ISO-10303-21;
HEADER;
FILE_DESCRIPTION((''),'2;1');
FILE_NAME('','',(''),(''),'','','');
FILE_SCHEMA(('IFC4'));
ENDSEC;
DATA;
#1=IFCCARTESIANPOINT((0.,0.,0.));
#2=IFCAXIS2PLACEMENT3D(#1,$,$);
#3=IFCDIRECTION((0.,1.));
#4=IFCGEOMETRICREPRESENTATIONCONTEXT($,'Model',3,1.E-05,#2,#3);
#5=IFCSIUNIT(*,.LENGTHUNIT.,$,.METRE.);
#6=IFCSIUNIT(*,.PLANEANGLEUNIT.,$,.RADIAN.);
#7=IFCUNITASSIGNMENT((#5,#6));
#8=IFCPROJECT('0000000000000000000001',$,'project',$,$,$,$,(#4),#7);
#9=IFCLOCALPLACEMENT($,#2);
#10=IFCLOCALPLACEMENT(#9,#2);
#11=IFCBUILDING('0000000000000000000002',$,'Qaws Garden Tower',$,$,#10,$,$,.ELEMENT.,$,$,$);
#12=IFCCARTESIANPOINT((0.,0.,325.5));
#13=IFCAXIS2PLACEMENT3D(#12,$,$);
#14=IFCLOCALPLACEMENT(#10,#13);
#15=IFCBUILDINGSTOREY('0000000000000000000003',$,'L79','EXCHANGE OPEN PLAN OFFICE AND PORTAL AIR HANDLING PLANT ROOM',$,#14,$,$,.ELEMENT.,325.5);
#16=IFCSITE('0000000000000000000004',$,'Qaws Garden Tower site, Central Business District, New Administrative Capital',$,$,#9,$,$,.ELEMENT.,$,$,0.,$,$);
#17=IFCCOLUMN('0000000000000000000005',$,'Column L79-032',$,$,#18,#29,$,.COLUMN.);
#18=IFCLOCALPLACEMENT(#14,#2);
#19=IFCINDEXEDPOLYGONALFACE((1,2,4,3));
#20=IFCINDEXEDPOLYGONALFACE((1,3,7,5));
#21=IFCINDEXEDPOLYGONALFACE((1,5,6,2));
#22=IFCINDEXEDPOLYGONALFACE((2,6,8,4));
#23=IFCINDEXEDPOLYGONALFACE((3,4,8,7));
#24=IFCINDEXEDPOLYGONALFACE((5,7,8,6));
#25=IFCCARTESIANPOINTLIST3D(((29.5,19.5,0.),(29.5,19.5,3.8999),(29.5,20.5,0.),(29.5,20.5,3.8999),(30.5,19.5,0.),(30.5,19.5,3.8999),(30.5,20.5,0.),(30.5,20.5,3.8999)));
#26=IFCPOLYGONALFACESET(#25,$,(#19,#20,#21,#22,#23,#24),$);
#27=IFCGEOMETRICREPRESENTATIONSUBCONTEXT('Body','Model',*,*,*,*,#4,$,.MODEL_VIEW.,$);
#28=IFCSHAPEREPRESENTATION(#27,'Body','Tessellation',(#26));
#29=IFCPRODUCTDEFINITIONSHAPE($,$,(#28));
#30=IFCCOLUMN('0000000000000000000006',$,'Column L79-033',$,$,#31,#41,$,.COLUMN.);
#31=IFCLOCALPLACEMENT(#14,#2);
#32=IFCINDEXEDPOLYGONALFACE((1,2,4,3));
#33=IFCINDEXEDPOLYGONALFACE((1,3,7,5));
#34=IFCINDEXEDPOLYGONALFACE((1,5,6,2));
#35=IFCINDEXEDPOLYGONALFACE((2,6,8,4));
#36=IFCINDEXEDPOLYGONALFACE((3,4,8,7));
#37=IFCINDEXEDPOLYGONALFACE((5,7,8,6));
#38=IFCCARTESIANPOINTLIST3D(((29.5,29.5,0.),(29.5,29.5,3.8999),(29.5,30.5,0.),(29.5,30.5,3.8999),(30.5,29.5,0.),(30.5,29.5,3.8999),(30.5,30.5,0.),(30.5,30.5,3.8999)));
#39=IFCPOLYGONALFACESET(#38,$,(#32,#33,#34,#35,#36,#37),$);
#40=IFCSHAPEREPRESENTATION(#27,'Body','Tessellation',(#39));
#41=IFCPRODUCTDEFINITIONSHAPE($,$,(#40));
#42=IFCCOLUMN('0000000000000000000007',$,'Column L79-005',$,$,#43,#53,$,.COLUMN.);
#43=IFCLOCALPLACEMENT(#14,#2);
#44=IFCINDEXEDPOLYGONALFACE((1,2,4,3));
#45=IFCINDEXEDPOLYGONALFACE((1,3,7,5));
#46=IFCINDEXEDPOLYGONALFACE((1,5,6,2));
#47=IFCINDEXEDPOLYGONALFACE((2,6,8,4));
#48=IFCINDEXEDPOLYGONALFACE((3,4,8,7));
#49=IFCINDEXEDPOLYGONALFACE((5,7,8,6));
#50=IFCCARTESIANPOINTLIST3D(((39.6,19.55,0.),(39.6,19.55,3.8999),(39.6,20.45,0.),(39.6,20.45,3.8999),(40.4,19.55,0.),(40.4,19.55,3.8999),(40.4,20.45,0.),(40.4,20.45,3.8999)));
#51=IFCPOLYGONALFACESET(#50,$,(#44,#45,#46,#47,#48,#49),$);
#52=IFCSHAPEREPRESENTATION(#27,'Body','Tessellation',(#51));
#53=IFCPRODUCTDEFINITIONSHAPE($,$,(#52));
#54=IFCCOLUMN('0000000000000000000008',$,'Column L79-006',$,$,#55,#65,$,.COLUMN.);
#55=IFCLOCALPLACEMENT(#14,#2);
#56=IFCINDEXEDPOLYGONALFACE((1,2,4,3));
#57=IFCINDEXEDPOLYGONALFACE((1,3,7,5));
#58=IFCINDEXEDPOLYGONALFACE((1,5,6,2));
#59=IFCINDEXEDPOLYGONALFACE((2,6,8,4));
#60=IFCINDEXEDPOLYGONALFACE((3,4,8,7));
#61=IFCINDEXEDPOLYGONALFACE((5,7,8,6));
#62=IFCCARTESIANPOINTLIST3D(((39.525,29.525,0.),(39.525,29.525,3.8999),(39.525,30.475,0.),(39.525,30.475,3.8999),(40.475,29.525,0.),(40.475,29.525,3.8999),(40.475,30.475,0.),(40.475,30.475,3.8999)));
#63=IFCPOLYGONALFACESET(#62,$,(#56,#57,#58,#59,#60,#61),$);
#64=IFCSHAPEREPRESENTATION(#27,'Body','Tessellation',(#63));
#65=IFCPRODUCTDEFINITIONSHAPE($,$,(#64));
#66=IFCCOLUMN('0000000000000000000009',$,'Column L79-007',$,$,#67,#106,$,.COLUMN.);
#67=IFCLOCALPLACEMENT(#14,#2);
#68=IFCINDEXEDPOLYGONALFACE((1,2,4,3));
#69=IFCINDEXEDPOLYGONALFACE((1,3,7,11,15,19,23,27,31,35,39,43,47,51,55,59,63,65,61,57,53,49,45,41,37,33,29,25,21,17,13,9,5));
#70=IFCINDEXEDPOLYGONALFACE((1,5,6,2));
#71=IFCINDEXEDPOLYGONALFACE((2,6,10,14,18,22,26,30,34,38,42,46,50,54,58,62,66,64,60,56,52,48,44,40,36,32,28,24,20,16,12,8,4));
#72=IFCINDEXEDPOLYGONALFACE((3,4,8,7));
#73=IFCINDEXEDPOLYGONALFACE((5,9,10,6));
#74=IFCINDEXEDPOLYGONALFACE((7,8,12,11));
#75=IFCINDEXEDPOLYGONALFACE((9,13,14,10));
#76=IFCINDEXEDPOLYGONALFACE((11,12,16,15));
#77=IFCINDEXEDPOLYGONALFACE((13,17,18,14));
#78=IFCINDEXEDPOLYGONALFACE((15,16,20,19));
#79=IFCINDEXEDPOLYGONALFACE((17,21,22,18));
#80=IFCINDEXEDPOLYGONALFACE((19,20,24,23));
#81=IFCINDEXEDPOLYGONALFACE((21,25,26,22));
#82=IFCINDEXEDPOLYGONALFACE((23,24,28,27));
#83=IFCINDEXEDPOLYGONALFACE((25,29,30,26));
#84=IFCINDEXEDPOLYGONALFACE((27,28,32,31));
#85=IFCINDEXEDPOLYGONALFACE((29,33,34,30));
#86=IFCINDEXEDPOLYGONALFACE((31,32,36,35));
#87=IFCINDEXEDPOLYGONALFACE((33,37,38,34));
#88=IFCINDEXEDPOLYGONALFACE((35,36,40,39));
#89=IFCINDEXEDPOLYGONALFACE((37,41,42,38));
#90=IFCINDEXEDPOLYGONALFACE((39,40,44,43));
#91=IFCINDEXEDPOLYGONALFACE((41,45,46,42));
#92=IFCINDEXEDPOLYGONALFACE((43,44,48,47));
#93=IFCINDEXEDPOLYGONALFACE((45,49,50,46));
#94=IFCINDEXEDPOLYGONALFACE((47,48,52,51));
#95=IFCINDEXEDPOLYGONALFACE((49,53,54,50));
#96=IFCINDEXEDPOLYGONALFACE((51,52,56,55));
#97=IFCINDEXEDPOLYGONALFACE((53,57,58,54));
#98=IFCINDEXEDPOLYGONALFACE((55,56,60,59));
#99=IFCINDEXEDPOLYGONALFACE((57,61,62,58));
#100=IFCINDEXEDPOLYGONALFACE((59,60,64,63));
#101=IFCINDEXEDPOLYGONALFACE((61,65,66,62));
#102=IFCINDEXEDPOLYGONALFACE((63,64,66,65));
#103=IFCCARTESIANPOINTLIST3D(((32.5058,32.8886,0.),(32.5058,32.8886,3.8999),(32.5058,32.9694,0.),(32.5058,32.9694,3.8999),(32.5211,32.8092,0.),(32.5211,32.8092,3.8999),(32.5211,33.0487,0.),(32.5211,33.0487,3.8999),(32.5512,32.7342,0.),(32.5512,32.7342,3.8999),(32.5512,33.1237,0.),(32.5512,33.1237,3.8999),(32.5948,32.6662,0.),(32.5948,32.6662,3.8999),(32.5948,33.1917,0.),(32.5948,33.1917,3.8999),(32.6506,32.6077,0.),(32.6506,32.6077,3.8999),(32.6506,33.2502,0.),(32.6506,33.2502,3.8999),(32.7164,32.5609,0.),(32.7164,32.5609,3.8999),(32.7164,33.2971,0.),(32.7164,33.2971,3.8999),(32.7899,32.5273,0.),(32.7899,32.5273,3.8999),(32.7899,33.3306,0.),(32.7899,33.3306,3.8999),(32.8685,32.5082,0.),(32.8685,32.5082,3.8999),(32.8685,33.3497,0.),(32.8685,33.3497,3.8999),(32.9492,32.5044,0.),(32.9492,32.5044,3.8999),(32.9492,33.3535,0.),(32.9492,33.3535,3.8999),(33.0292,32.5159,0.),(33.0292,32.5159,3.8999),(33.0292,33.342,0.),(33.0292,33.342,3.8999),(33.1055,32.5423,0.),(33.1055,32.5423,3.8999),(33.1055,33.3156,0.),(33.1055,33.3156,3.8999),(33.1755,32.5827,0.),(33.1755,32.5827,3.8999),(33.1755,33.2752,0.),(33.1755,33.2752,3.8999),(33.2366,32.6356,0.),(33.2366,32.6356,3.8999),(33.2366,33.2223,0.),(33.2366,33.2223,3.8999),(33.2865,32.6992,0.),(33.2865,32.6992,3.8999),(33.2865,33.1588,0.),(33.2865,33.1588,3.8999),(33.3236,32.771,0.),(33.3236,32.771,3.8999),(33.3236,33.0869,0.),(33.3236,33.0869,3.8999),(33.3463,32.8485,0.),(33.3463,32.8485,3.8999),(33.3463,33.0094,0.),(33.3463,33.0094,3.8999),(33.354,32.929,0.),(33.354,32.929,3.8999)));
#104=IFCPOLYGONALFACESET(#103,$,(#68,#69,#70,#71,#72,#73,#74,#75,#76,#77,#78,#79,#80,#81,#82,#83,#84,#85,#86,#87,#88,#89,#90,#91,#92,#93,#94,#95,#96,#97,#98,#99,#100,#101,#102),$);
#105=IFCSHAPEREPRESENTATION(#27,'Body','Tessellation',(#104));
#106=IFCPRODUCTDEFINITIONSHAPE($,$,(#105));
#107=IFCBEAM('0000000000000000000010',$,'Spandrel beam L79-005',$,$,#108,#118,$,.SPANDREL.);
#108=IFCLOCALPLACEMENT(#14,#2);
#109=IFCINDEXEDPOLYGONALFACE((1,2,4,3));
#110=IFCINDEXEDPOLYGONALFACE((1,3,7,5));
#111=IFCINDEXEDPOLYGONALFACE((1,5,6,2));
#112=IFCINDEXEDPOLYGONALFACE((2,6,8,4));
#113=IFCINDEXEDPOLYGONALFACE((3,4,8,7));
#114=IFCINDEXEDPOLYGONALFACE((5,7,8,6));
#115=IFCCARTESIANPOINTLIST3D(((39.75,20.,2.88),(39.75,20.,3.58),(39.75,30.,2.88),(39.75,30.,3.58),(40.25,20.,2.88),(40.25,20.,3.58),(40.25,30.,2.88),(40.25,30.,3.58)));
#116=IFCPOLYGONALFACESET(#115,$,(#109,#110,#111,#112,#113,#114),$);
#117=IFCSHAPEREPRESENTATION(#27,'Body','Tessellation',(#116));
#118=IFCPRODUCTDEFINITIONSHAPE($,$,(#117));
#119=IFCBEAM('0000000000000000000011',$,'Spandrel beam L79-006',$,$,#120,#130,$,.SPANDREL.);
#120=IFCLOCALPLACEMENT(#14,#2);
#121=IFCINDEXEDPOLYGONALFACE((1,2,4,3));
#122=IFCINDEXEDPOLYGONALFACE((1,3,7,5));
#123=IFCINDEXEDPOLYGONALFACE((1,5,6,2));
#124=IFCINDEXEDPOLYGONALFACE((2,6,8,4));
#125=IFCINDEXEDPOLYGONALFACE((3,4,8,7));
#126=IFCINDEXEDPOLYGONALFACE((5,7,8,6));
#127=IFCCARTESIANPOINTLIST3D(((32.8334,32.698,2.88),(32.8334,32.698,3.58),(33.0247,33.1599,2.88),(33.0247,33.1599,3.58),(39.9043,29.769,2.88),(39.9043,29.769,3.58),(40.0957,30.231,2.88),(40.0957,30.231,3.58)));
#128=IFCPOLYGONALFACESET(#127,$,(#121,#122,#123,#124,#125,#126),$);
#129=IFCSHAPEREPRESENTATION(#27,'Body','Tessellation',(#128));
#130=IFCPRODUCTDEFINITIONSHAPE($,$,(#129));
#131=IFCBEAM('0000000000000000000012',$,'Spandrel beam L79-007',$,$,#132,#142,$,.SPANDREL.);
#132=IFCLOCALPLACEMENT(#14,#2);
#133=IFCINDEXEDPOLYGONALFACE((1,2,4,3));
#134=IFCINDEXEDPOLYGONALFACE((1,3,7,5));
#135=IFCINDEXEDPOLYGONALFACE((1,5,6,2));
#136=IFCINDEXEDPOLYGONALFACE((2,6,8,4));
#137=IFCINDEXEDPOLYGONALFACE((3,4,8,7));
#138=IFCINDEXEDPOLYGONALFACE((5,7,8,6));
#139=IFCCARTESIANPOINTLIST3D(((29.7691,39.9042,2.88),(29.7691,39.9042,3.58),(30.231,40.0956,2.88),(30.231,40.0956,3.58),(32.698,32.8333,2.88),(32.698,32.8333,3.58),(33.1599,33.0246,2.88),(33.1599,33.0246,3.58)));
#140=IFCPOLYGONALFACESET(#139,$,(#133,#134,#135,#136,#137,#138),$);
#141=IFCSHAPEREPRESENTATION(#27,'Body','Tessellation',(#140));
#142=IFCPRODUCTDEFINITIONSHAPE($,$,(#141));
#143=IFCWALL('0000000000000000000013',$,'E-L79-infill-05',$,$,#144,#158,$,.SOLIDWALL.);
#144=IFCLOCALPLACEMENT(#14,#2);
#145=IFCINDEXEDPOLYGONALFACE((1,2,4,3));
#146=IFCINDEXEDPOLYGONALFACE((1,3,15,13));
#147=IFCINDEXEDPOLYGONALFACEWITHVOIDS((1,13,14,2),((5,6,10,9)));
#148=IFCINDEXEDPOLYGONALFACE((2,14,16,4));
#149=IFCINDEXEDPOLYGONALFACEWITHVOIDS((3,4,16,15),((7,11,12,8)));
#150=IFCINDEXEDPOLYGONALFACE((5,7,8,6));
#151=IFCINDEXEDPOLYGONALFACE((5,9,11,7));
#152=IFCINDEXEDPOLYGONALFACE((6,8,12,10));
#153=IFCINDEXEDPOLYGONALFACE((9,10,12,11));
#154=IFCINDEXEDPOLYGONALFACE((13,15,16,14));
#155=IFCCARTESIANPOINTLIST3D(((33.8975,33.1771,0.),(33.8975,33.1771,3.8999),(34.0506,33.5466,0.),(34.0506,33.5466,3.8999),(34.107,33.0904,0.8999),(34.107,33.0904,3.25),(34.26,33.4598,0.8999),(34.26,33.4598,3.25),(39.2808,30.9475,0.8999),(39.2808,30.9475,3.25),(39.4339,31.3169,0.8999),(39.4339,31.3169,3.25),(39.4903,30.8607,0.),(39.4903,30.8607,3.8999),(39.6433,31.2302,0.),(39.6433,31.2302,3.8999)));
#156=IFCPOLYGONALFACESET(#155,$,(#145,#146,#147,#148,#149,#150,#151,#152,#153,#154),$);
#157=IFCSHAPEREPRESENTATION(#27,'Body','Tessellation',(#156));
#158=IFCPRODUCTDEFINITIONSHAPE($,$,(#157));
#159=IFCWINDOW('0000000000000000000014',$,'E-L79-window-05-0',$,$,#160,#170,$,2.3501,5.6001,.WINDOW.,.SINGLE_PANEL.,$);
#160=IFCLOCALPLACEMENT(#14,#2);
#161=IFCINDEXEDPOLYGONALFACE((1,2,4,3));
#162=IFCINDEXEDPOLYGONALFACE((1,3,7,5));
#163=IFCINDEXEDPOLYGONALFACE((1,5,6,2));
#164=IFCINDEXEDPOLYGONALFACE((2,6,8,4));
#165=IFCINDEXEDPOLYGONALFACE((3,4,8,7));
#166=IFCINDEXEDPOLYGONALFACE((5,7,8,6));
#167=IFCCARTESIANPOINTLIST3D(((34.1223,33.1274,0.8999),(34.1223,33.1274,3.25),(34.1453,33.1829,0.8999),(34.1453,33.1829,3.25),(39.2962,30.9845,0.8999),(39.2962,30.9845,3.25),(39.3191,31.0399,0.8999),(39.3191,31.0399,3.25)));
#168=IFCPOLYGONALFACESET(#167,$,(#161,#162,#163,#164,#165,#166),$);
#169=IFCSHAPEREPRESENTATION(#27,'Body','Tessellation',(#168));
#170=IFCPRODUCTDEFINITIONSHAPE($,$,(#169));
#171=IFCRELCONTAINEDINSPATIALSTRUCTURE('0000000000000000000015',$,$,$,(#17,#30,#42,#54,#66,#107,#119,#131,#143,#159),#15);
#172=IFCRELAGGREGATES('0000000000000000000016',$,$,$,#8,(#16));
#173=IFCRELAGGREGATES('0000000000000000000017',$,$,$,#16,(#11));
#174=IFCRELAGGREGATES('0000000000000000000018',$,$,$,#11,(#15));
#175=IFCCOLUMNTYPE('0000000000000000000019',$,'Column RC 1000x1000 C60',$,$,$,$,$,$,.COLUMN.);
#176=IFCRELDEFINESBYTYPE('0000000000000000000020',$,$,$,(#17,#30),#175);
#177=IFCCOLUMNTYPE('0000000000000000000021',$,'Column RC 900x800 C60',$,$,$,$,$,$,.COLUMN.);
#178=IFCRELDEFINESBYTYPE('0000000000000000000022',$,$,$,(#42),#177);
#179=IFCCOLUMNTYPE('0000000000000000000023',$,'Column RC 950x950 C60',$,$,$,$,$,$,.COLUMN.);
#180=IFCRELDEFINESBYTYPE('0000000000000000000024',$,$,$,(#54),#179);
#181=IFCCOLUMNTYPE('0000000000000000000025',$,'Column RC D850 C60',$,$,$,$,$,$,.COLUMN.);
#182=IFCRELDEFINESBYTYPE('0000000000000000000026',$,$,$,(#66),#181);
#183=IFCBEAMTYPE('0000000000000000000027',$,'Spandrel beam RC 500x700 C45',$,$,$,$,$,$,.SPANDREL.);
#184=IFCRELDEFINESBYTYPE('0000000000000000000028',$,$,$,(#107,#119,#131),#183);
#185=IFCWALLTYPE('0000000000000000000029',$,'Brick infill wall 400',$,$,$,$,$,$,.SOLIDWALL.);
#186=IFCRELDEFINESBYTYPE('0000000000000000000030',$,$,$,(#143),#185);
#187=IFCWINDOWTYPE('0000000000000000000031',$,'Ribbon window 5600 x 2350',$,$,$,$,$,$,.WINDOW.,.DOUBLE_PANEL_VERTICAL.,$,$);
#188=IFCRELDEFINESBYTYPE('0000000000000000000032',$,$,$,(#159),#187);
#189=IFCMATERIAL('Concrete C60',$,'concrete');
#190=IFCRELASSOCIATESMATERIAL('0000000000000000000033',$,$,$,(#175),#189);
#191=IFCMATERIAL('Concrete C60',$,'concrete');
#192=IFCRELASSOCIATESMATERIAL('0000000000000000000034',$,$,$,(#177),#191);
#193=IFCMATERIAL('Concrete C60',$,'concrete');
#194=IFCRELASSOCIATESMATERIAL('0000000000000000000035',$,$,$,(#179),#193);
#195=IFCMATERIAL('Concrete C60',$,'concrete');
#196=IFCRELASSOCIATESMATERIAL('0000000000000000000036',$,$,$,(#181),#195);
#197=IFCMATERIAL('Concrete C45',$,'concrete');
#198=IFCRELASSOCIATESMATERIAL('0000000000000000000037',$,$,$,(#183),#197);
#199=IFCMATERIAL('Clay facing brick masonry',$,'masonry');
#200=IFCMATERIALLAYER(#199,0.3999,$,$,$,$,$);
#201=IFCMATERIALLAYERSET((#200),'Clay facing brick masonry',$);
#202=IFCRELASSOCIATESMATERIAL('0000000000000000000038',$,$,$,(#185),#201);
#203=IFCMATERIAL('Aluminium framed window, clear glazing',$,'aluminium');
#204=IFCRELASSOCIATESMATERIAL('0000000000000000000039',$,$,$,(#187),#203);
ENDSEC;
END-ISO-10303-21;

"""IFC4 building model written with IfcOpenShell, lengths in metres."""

from ifc_helpers import new_model, si_unit, direction, frame, frame_2d, origin, origin_2d, place, context, subcontext, project, spatial, rectangle, circle, extrude, material, layer, layer_set, material_profile, profile_set, type_object, element, fill, save


model = new_model("IFC4")

# Units and contexts
model_context = context("Model", 3, precision=1e-05, world=origin(), true_north=direction((0.0, 1.0)))
body_context = subcontext(model_context, "Body", "Model", "MODEL_VIEW")
ifc_project = project(units=[si_unit("LENGTHUNIT", "METRE"), si_unit("PLANEANGLEUNIT", "RADIAN")], contexts=[model_context])

# Site, building, storey
site_placement = place(None, origin())
site = spatial("IfcSite", under=ifc_project, at=site_placement, Name="Qaws Garden Tower site, Central Business District, New Administrative Capital", CompositionType="ELEMENT", RefElevation=0.0)
building_placement = place(site_placement, origin())
building = spatial("IfcBuilding", under=site, at=building_placement, Name="Qaws Garden Tower", CompositionType="ELEMENT")
storey_placement = place(building_placement, frame((0.0, 0.0, 325.5)))
storey = spatial("IfcBuildingStorey", under=building, at=storey_placement, Name="L79", Description="EXCHANGE OPEN PLAN OFFICE AND PORTAL AIR HANDLING PLANT ROOM", CompositionType="ELEMENT", Elevation=325.5)

# Columns
ifc_material_1 = material(Name="Concrete C60", Category="concrete")
ifc_material_profile_1 = material_profile(ifc_material_1, rectangle(XDim=1.0, YDim=1.0, at=origin_2d()), Name="RC 1000x1000")
ifc_profile_set_1 = profile_set([ifc_material_profile_1], Name="Concrete C60")
column_type_1 = type_object("IfcColumnType", Name="Column RC 1000x1000 C60", PredefinedType="COLUMN", material=ifc_profile_set_1)
for number, where, z_axis, x_axis, name in (
    (1, (30.0, 20.0, 0.0), (0.0, 0.0, 1.0), (1.0, 0.0, 0.0), "Column L79-032"),
    (2, (30.0, 30.0, 0.0), (0.0, 0.0, 1.0), (1.0, 0.0, 0.0), "Column L79-033"),
):
    element("IfcColumn", number, at=place(storey_placement, frame(where, z_axis=z_axis, x_axis=x_axis)), inside=storey, type_object=column_type_1, Name=name, PredefinedType="COLUMN", context=body_context, shape_type="SweptSolid", body=[
        extrude(rectangle(XDim=1.0, YDim=1.0, at=origin_2d()), origin(), (0.0, 0.0, 1.0), 3.8999),
    ])
ifc_material_2 = material(Name="Concrete C60", Category="concrete")
ifc_material_profile_2 = material_profile(ifc_material_2, rectangle(XDim=0.8999, YDim=0.8, at=origin_2d()), Name="RC 900x800")
ifc_profile_set_2 = profile_set([ifc_material_profile_2], Name="Concrete C60")
column_type_2 = type_object("IfcColumnType", Name="Column RC 900x800 C60", PredefinedType="COLUMN", material=ifc_profile_set_2)
column_1_placement = place(storey_placement, frame((40.0, 20.0, 0.0), z_axis=(0.0, 0.0, 1.0), x_axis=(0.0, 1.0, 0.0)))
element("IfcColumn", 3, at=column_1_placement, inside=storey, type_object=column_type_2, Name="Column L79-005", PredefinedType="COLUMN", context=body_context, shape_type="SweptSolid", body=[
    extrude(rectangle(XDim=0.8999, YDim=0.8, at=origin_2d()), origin(), (0.0, 0.0, 1.0), 3.8999),
])
ifc_material_3 = material(Name="Concrete C60", Category="concrete")
ifc_material_profile_3 = material_profile(ifc_material_3, rectangle(XDim=0.95, YDim=0.95, at=origin_2d()), Name="RC 950x950")
ifc_profile_set_3 = profile_set([ifc_material_profile_3], Name="Concrete C60")
column_type_3 = type_object("IfcColumnType", Name="Column RC 950x950 C60", PredefinedType="COLUMN", material=ifc_profile_set_3)
column_2_placement = place(storey_placement, frame((40.0, 30.0, 0.0), z_axis=(0.0, 0.0, 1.0), x_axis=(1.0, 0.0, 0.0)))
element("IfcColumn", 4, at=column_2_placement, inside=storey, type_object=column_type_3, Name="Column L79-006", PredefinedType="COLUMN", context=body_context, shape_type="SweptSolid", body=[
    extrude(rectangle(XDim=0.95, YDim=0.95, at=origin_2d()), origin(), (0.0, 0.0, 1.0), 3.8999),
])
ifc_material_4 = material(Name="Concrete C60", Category="concrete")
ifc_material_profile_4 = material_profile(ifc_material_4, circle(Radius=0.425, at=origin_2d()), Name="RC D850")
ifc_profile_set_4 = profile_set([ifc_material_profile_4], Name="Concrete C60")
column_type_4 = type_object("IfcColumnType", Name="Column RC D850 C60", PredefinedType="COLUMN", material=ifc_profile_set_4)
column_3_placement = place(storey_placement, frame((32.929, 32.929, 0.0), z_axis=(0.0, 0.0, 1.0), x_axis=(1.0, 0.0, 0.0)))
element("IfcColumn", 5, at=column_3_placement, inside=storey, type_object=column_type_4, Name="Column L79-007", PredefinedType="COLUMN", context=body_context, shape_type="SweptSolid", body=[
    extrude(circle(Radius=0.425, at=origin_2d()), origin(), (0.0, 0.0, 1.0), 3.8999),
])

# Beams
ifc_material_5 = material(Name="Concrete C45", Category="concrete")
ifc_material_profile_5 = material_profile(ifc_material_5, rectangle(XDim=0.5, YDim=0.7, at=origin_2d()), Name="RC 500x700")
ifc_profile_set_5 = profile_set([ifc_material_profile_5], Name="Concrete C45")
beam_type = type_object("IfcBeamType", Name="Spandrel beam RC 500x700 C45", PredefinedType="SPANDREL", material=ifc_profile_set_5)
beam_placement = place(storey_placement, frame((40.0, 20.0, 3.23), z_axis=(0.0, 1.0, 0.0), x_axis=(-1.0, 0.0, 0.0)))
element("IfcBeam", 6, at=beam_placement, inside=storey, type_object=beam_type, Name="Spandrel beam L79-005", PredefinedType="SPANDREL", context=body_context, shape_type="SweptSolid", body=[
    extrude(rectangle(XDim=0.5, YDim=0.7, at=origin_2d()), origin(), (0.0, 0.0, 1.0), 10.0),
])
for number, where, z_axis, x_axis, name in (
    (7, (40.0, 30.0, 3.23), (-0.923878, 0.382687, 0.0), (-0.382687, -0.923878, 0.0), "Spandrel beam L79-006"),
    (8, (32.929, 32.929, 3.23), (-0.382687, 0.923878, 0.0), (-0.923878, -0.382687, 0.0), "Spandrel beam L79-007"),
):
    element("IfcBeam", number, at=place(storey_placement, frame(where, z_axis=z_axis, x_axis=x_axis)), inside=storey, type_object=beam_type, Name=name, PredefinedType="SPANDREL", context=body_context, shape_type="SweptSolid", body=[
        extrude(rectangle(XDim=0.5, YDim=0.7, at=origin_2d()), origin(), (0.0, 0.0, 1.0), 7.6536),
    ])

# Wall, opening, window
ifc_material_6 = material(Name="Clay facing brick masonry", Category="masonry")
ifc_layer_1 = layer(ifc_material_6, 0.3999)
ifc_layer_set_1 = layer_set([ifc_layer_1], Name="Clay facing brick masonry")
wall_type_1 = type_object("IfcWallType", Name="Brick infill wall 400", PredefinedType="SOLIDWALL", material=ifc_layer_set_1)
wall_1_placement = place(storey_placement, frame((39.5669, 31.0454, 0.0), z_axis=(0.0, 0.0, 1.0), x_axis=(-0.923891, 0.382656, 0.0)))
wall_1 = element("IfcWall", 9, at=wall_1_placement, inside=storey, type_object=wall_type_1, Name="E-L79-infill-05", PredefinedType="SOLIDWALL", context=body_context, shape_type="SweptSolid", body=[
    extrude(rectangle(XDim=6.0535, YDim=0.3999, at=frame_2d((3.0269, 0.0))), origin(), (0.0, 0.0, 1.0), 3.8999),
])
opening_1_placement = place(wall_1_placement, frame((0.2268, 0.0, 0.8999)))
opening_1 = element("IfcOpeningElement", 10, at=opening_1_placement, cuts=wall_1, PredefinedType="OPENING", context=body_context, shape_type="SweptSolid", body=[
    extrude(rectangle(XDim=5.6001, YDim=2.3501, at=frame_2d((2.8, 1.175))), frame((0.0, 0.21, 0.0), z_axis=(0.0, -1.0, 0.0), x_axis=(1.0, 0.0, 0.0)), (0.0, 0.0, 1.0), 0.4199),
])
ifc_material_7 = material(Name="Aluminium framed window, clear glazing", Category="aluminium")
window_type = type_object("IfcWindowType", Name="Ribbon window 5600 x 2350", PartitioningType="DOUBLE_PANEL_VERTICAL", PredefinedType="WINDOW", material=ifc_material_7)
window_1_placement = place(opening_1_placement, origin())
window_1 = element("IfcWindow", 11, at=window_1_placement, inside=storey, type_object=window_type, Name="E-L79-window-05-0", OverallHeight=2.3501, OverallWidth=5.6001, PartitioningType="SINGLE_PANEL", PredefinedType="WINDOW", context=body_context, shape_type="SweptSolid", body=[
    extrude(rectangle(XDim=5.6001, YDim=2.3501, at=frame_2d((2.8, 1.175))), frame((0.0, 0.1599, 0.0), z_axis=(0.0, -1.0, 0.0), x_axis=(1.0, 0.0, 0.0)), (0.0, 0.0, 1.0), 0.0601),
])
fill(opening_1, window_1)

save(model, "model.ifc")
